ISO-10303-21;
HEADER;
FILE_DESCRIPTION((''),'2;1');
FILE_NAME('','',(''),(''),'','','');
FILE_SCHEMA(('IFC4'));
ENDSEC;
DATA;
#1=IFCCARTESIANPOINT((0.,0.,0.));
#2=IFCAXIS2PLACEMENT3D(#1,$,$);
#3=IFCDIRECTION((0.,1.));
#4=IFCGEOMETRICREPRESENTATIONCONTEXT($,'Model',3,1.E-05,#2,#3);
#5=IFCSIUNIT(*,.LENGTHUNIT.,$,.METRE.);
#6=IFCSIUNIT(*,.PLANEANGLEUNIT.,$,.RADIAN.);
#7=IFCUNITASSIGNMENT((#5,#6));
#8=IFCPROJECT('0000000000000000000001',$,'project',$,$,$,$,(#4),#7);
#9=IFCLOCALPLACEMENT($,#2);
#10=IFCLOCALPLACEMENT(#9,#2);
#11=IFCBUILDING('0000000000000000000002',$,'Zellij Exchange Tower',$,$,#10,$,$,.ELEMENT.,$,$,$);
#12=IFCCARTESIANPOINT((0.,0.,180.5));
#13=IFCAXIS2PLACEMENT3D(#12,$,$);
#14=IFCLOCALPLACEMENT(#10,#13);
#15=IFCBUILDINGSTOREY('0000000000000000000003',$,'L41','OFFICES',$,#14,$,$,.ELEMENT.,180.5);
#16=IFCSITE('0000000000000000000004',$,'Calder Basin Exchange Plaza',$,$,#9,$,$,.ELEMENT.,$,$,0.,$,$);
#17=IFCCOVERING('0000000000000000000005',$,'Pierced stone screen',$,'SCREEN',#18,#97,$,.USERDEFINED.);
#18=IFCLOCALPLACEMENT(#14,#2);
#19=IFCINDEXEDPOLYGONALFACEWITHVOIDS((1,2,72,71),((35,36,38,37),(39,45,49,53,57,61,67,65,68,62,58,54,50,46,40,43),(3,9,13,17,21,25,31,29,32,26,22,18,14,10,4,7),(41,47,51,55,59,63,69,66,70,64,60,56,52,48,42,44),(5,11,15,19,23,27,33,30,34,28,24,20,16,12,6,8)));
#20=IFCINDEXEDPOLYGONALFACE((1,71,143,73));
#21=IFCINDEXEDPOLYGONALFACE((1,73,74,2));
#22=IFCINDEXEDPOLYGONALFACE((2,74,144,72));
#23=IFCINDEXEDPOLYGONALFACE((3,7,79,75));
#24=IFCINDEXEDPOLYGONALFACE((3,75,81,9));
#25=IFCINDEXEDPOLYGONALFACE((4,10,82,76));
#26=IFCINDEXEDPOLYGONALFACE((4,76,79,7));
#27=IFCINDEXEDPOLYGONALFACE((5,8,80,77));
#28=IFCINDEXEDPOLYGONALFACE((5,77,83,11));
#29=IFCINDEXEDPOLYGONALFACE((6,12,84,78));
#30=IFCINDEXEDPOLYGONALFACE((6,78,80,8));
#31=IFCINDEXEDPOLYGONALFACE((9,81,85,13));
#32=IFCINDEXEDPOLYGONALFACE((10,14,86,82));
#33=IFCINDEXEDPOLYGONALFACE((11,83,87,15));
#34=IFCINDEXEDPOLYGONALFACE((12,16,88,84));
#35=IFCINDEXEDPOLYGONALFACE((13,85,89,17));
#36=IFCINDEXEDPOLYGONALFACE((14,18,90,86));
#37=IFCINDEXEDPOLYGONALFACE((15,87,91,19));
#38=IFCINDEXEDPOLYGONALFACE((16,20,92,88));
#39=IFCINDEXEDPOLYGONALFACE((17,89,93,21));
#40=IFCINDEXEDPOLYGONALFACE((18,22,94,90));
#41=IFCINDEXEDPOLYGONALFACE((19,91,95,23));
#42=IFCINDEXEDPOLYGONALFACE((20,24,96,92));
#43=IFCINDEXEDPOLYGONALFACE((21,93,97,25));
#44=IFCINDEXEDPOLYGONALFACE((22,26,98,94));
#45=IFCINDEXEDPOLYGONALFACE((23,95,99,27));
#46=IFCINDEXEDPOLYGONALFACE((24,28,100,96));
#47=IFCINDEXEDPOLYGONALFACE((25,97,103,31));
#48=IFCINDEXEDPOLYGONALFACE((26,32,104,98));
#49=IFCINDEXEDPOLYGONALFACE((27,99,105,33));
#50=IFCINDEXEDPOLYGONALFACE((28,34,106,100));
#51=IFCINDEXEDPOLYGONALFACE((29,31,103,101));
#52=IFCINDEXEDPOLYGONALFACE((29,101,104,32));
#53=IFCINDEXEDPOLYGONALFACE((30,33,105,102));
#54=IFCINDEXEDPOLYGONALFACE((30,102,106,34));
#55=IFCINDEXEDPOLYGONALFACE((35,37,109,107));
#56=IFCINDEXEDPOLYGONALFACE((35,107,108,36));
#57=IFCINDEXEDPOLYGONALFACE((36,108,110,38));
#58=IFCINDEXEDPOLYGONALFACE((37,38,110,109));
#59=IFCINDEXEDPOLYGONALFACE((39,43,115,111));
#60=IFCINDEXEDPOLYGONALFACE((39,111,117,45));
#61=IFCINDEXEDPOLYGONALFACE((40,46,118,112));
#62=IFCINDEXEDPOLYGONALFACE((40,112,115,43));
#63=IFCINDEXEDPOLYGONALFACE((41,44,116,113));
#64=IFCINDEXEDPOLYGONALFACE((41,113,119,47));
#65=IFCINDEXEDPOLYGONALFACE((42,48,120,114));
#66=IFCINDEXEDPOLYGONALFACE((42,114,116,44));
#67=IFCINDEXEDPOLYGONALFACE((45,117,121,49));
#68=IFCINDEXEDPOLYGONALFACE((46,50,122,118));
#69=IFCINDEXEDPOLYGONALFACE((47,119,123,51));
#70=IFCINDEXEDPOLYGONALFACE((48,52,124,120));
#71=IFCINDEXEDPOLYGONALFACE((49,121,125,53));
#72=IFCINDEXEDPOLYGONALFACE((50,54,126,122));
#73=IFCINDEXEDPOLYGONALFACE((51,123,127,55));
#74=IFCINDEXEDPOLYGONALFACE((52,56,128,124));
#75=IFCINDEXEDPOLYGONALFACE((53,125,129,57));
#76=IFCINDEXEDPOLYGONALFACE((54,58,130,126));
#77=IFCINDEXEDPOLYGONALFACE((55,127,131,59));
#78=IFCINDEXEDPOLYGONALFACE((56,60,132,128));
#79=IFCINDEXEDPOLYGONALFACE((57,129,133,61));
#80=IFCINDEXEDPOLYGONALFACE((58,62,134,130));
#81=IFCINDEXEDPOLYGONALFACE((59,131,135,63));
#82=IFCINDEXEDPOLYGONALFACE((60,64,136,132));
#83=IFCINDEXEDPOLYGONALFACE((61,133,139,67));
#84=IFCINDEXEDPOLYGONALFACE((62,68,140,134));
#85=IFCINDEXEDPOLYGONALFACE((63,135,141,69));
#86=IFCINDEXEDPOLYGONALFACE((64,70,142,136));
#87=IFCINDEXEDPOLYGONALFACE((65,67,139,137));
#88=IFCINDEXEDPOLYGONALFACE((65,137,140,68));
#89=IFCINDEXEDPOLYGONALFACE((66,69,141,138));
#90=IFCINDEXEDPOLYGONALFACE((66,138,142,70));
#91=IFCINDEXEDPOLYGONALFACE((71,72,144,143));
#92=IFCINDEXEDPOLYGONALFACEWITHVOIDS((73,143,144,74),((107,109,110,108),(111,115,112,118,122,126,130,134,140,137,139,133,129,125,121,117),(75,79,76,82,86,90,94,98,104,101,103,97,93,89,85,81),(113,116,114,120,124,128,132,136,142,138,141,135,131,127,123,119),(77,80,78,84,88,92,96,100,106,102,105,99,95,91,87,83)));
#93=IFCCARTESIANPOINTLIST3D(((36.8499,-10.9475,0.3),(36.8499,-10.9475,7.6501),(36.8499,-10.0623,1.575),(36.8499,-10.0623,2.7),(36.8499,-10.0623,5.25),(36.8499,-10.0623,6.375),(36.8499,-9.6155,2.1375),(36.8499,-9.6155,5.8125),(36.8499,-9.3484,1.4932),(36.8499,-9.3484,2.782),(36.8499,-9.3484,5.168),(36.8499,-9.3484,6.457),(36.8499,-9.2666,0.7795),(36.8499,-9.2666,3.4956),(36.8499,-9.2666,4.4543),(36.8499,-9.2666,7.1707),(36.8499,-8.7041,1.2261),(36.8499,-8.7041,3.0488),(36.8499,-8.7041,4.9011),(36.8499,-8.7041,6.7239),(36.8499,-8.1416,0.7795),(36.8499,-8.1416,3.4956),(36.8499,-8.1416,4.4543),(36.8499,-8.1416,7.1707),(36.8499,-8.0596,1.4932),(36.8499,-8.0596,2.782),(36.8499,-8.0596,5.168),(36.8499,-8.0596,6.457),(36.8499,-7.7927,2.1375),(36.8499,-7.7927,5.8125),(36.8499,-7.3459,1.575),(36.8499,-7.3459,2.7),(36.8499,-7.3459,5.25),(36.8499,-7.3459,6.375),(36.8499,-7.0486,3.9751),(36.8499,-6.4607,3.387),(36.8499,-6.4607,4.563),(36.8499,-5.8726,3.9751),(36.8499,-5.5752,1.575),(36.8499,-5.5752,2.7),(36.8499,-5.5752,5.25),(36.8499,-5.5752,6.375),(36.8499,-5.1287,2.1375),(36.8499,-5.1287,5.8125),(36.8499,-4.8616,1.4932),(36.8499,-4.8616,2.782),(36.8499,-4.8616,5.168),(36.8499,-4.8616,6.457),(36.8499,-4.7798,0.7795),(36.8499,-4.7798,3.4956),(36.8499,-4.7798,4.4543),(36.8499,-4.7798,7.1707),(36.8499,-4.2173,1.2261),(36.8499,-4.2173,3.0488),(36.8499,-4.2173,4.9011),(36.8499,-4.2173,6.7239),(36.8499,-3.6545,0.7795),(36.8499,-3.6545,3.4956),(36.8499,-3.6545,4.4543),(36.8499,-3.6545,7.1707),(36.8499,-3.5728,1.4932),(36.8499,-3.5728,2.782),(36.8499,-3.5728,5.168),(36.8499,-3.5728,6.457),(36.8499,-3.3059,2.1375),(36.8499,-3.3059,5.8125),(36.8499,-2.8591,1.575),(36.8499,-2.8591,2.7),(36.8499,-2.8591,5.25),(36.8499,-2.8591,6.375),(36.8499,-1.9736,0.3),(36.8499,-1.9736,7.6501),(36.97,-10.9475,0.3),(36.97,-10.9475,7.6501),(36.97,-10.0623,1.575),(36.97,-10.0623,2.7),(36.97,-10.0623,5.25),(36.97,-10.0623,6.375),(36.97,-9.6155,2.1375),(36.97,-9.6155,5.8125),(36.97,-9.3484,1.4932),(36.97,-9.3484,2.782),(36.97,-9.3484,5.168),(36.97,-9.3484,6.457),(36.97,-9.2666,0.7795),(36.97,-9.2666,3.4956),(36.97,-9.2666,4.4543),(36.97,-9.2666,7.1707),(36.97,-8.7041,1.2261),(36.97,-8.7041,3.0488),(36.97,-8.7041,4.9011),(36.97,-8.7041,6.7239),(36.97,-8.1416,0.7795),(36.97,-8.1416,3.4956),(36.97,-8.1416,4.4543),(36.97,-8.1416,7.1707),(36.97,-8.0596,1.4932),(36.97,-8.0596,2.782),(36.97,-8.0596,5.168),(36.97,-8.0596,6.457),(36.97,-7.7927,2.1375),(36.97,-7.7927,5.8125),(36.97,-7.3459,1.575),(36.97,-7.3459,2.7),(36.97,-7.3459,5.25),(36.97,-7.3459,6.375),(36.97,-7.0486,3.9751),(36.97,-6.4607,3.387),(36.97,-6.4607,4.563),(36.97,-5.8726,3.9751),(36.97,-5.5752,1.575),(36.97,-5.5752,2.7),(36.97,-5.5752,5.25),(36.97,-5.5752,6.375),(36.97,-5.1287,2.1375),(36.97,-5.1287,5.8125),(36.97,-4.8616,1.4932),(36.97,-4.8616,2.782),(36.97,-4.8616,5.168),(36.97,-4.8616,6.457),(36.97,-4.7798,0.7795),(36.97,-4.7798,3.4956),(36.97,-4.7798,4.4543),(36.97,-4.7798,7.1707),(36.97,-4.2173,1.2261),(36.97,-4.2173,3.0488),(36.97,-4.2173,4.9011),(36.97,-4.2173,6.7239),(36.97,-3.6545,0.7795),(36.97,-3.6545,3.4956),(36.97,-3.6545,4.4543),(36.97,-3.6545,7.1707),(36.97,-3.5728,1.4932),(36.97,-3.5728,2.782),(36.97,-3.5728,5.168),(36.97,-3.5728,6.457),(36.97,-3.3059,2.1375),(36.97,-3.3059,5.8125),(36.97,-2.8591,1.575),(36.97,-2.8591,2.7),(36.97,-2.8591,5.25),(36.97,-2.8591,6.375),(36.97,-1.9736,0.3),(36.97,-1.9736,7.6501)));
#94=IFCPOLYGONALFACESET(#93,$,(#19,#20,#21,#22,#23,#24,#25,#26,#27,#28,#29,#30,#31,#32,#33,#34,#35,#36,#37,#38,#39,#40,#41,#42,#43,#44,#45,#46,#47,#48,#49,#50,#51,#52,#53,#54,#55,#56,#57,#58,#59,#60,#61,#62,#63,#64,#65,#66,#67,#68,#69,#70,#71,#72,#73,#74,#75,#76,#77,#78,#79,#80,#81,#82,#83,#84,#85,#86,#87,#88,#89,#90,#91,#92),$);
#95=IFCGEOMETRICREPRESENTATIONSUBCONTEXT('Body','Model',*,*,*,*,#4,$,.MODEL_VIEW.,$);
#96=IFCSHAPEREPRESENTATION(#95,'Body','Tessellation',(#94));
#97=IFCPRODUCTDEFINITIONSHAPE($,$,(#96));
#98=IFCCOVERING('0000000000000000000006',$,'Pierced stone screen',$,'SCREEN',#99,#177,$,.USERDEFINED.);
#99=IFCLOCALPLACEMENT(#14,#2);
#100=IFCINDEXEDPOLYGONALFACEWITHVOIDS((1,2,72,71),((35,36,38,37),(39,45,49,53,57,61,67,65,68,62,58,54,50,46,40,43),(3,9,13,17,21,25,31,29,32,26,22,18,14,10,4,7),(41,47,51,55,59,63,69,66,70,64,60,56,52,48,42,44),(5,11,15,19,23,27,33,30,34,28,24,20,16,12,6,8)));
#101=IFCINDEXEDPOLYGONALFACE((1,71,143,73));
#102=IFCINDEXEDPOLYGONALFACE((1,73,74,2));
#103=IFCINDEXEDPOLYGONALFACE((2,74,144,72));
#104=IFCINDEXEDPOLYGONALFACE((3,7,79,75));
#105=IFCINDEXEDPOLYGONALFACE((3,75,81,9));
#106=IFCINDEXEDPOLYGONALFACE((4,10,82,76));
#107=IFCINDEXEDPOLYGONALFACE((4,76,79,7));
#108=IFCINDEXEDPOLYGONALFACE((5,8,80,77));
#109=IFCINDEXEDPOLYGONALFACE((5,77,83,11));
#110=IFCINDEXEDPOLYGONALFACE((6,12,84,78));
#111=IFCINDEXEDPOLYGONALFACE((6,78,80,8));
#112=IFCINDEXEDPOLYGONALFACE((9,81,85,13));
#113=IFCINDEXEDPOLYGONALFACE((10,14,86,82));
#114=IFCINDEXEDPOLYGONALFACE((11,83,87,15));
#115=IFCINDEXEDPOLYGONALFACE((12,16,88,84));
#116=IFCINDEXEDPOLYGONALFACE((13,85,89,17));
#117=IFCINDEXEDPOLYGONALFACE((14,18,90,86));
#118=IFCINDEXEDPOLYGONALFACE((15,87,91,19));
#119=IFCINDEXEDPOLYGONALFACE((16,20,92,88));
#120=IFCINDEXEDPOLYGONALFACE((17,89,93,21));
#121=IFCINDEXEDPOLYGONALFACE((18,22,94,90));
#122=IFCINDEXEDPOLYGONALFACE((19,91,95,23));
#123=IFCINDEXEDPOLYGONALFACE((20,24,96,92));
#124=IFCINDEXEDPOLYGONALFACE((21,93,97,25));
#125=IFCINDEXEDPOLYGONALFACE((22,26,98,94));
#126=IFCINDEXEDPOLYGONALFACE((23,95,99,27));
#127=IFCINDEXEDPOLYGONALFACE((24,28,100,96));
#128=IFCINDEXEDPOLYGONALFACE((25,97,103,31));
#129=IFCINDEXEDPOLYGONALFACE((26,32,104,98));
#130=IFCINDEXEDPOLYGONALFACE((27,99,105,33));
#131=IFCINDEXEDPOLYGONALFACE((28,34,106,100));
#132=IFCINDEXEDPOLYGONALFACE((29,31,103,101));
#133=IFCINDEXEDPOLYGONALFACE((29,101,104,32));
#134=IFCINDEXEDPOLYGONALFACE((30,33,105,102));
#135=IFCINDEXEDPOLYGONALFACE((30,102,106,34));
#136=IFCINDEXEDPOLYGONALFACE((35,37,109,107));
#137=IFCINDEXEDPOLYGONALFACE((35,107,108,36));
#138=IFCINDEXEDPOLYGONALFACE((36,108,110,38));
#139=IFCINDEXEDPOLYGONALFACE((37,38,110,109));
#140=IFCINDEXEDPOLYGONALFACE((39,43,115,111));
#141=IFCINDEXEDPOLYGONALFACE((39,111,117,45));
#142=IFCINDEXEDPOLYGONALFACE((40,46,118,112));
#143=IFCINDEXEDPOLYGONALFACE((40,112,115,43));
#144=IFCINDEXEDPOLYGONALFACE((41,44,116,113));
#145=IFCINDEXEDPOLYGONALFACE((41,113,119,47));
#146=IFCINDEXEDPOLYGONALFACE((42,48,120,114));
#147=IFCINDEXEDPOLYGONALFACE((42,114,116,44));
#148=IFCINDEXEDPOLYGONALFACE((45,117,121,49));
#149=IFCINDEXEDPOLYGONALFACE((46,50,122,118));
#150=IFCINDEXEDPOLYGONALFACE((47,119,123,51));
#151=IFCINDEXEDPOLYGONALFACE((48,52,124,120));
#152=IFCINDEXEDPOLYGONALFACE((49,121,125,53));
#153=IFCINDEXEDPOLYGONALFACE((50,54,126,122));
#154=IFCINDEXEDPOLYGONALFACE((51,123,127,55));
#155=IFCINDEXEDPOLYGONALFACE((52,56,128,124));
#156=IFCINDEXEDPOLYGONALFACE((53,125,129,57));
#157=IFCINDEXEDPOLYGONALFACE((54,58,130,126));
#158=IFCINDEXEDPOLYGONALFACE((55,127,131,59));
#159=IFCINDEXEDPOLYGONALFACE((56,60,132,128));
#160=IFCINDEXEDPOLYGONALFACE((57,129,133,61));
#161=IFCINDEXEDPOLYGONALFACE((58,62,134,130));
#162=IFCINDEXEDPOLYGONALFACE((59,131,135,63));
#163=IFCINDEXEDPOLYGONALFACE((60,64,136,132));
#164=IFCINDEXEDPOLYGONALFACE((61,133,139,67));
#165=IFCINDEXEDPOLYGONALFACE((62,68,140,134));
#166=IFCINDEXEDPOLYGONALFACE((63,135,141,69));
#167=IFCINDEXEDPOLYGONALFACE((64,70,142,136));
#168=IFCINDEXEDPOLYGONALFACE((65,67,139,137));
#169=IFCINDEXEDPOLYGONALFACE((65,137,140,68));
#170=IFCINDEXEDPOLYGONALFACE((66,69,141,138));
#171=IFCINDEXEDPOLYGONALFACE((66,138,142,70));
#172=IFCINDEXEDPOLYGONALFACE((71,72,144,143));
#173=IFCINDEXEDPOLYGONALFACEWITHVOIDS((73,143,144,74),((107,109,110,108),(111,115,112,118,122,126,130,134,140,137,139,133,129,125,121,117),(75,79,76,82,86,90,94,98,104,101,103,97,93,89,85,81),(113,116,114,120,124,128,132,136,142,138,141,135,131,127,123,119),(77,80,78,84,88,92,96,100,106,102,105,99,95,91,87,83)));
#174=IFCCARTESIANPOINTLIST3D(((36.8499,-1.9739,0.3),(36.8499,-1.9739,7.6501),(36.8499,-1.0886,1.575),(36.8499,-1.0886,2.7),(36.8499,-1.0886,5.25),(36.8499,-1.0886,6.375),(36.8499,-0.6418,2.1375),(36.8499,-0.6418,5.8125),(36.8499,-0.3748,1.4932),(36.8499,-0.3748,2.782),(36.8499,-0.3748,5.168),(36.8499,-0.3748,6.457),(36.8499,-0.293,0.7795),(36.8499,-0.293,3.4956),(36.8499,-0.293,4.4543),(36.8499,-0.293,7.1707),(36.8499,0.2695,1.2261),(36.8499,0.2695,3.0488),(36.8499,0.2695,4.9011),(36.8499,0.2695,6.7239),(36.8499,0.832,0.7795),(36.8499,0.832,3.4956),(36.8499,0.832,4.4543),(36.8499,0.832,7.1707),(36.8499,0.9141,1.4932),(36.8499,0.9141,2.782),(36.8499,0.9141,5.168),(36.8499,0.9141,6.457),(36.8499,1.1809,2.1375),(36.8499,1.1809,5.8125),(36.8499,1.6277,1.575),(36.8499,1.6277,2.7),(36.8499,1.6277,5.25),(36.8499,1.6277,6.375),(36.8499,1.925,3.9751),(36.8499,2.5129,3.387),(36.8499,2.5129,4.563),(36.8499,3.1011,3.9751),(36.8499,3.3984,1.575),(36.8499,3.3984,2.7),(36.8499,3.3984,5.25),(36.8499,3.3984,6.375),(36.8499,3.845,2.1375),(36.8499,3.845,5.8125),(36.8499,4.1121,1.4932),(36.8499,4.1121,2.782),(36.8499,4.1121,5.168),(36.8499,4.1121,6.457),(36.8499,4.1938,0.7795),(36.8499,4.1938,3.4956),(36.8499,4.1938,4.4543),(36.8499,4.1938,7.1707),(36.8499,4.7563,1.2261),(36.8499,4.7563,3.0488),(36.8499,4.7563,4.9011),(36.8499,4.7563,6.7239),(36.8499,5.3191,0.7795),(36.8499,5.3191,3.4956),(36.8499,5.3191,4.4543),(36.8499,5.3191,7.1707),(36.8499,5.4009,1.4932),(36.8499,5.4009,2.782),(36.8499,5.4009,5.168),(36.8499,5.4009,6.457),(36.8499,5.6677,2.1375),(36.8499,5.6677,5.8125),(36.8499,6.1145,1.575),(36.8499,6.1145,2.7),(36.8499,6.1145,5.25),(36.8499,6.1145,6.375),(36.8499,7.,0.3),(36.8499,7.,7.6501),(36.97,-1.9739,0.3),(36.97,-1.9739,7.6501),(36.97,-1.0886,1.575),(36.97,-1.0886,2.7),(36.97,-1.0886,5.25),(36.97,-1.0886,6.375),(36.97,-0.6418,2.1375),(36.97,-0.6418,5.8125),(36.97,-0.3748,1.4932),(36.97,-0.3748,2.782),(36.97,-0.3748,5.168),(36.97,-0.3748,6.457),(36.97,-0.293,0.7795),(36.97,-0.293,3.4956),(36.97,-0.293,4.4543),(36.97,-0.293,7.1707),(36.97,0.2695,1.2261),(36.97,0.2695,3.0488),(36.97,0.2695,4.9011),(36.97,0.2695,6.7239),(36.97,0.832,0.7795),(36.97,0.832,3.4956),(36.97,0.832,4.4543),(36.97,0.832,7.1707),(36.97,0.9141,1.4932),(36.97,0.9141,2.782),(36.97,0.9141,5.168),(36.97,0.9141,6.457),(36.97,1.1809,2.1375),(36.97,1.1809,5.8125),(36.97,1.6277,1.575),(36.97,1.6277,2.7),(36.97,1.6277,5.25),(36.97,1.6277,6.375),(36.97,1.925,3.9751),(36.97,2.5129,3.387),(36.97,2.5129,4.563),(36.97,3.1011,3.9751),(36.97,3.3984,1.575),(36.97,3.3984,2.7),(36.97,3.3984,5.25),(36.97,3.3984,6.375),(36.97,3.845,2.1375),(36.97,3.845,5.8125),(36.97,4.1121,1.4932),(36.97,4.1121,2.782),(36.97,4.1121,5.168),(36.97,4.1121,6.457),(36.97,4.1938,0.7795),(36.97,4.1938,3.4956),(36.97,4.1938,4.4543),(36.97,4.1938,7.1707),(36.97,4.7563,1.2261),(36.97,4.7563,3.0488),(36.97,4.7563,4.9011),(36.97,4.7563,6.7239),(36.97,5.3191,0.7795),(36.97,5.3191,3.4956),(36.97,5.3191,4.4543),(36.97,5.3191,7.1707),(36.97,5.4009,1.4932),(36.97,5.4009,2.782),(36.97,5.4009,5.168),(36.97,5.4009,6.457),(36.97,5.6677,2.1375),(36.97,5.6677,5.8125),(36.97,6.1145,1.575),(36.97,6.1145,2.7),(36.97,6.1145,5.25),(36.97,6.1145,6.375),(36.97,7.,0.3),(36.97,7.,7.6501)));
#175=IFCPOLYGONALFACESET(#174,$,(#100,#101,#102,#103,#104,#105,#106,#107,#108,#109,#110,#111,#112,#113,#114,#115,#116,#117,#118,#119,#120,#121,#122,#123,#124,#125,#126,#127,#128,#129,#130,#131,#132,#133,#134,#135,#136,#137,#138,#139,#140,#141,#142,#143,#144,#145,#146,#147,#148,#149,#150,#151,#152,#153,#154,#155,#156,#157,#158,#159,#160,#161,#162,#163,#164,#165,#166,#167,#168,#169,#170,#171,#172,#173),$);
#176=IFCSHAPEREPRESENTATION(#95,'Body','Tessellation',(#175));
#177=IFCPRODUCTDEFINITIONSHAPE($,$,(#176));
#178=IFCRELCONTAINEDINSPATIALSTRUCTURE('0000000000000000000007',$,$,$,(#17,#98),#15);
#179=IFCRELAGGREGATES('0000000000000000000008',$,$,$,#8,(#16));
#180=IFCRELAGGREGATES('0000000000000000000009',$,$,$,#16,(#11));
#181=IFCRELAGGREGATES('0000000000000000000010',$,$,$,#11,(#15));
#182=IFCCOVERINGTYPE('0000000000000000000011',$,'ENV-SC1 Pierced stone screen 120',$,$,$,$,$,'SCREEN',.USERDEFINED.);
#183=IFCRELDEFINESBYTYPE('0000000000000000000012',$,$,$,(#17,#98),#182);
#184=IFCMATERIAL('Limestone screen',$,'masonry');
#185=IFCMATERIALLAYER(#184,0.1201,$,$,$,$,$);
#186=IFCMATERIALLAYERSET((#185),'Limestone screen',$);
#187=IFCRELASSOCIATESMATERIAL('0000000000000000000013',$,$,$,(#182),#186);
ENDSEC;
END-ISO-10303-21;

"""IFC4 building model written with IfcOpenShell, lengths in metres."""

from ifc_helpers import new_model, si_unit, direction, frame, origin, place, context, subcontext, project, spatial, polyline, outline, extrude, material, layer, layer_set, type_object, element, save


model = new_model("IFC4")

# Units and contexts
model_context = context("Model", 3, precision=1e-05, world=origin(), true_north=direction((0.0, 1.0)))
body_context = subcontext(model_context, "Body", "Model", "MODEL_VIEW")
ifc_project = project(units=[si_unit("LENGTHUNIT", "METRE"), si_unit("PLANEANGLEUNIT", "RADIAN")], contexts=[model_context])

# Site, building, storey
site_placement = place(None, origin())
site = spatial("IfcSite", under=ifc_project, at=site_placement, Name="Calder Basin Exchange Plaza", CompositionType="ELEMENT", RefElevation=0.0)
building_placement = place(site_placement, origin())
building = spatial("IfcBuilding", under=site, at=building_placement, Name="Zellij Exchange Tower", CompositionType="ELEMENT")
storey_placement = place(building_placement, frame((0.0, 0.0, 180.5)))
storey = spatial("IfcBuildingStorey", under=building, at=storey_placement, Name="L41", Description="OFFICES", CompositionType="ELEMENT", Elevation=180.5)

# Coverings
ifc_material_1 = material(Name="Limestone screen", Category="masonry")
ifc_layer_1 = layer(ifc_material_1, 0.1201)
ifc_layer_set_1 = layer_set([ifc_layer_1], Name="Limestone screen")
covering_type = type_object("IfcCoveringType", Name="ENV-SC1 Pierced stone screen 120", ElementType="SCREEN", PredefinedType="USERDEFINED", material=ifc_layer_set_1)
covering_1_placement = place(storey_placement, frame((36.9099, -10.9475, 0.3), z_axis=(0.0, 0.0, 1.0), x_axis=(0.0, 1.0, 0.0)))
element("IfcCovering", 1, at=covering_1_placement, inside=storey, type_object=covering_type, Name="Pierced stone screen", ObjectType="SCREEN", PredefinedType="USERDEFINED", context=body_context, shape_type="SweptSolid", body=[
    extrude(outline(polyline([(0.0, 0.0), (8.9739, 0.0), (8.9739, 7.3501), (0.0, 7.3501), (0.0, 0.0)]), holes=[polyline([(3.6016, 2.3999), (2.8879, 2.4819), (2.8059, 3.1956), (2.2434, 2.7488), (1.6809, 3.1956), (1.5991, 2.4819), (0.8853, 2.3999), (1.332, 1.8374), (0.8853, 1.2749), (1.5991, 1.1931), (1.6809, 0.4795), (2.2434, 0.926), (2.8059, 0.4795), (2.8879, 1.1931), (3.6016, 1.2749), (3.1548, 1.8374), (3.6016, 2.3999)]), polyline([(3.6016, 6.075), (2.8879, 6.157), (2.8059, 6.8706), (2.2434, 6.4238), (1.6809, 6.8706), (1.5991, 6.157), (0.8853, 6.075), (1.332, 5.5125), (0.8853, 4.95), (1.5991, 4.8679), (1.6809, 4.1543), (2.2434, 4.6011), (2.8059, 4.1543), (2.8879, 4.8679), (3.6016, 4.95), (3.1548, 5.5125), (3.6016, 6.075)]), polyline([(8.0884, 2.3999), (7.3748, 2.4819), (7.293, 3.1956), (6.7302, 2.7488), (6.1677, 3.1956), (6.0859, 2.4819), (5.3723, 2.3999), (5.8188, 1.8374), (5.3723, 1.2749), (6.0859, 1.1931), (6.1677, 0.4795), (6.7302, 0.926), (7.293, 0.4795), (7.3748, 1.1931), (8.0884, 1.2749), (7.6416, 1.8374), (8.0884, 2.3999)]), polyline([(8.0884, 6.075), (7.3748, 6.157), (7.293, 6.8706), (6.7302, 6.4238), (6.1677, 6.8706), (6.0859, 6.157), (5.3723, 6.075), (5.8188, 5.5125), (5.3723, 4.95), (6.0859, 4.8679), (6.1677, 4.1543), (6.7302, 4.6011), (7.293, 4.1543), (7.3748, 4.8679), (8.0884, 4.95), (7.6416, 5.5125), (8.0884, 6.075)]), polyline([(5.075, 3.675), (4.4868, 4.2629), (3.8989, 3.675), (4.4868, 3.0869), (5.075, 3.675)])]), frame((0.0, 0.0601, 0.0), z_axis=(0.0, -1.0, 0.0), x_axis=(1.0, 0.0, 0.0)), (0.0, 0.0, 1.0), 0.1201),
])
covering_2_placement = place(storey_placement, frame((36.9099, -1.9739, 0.3), z_axis=(0.0, 0.0, 1.0), x_axis=(0.0, 1.0, 0.0)))
element("IfcCovering", 2, at=covering_2_placement, inside=storey, type_object=covering_type, Name="Pierced stone screen", ObjectType="SCREEN", PredefinedType="USERDEFINED", context=body_context, shape_type="SweptSolid", body=[
    extrude(outline(polyline([(0.0, 0.0), (8.9739, 0.0), (8.9739, 7.3501), (0.0, 7.3501), (0.0, 0.0)]), holes=[polyline([(3.6016, 2.3999), (2.8879, 2.4819), (2.8059, 3.1956), (2.2434, 2.7488), (1.6809, 3.1956), (1.5991, 2.4819), (0.8853, 2.3999), (1.332, 1.8374), (0.8853, 1.2749), (1.5991, 1.1931), (1.6809, 0.4795), (2.2434, 0.926), (2.8059, 0.4795), (2.8879, 1.1931), (3.6016, 1.2749), (3.1548, 1.8374), (3.6016, 2.3999)]), polyline([(3.6016, 6.075), (2.8879, 6.157), (2.8059, 6.8706), (2.2434, 6.4238), (1.6809, 6.8706), (1.5991, 6.157), (0.8853, 6.075), (1.332, 5.5125), (0.8853, 4.95), (1.5991, 4.8679), (1.6809, 4.1543), (2.2434, 4.6011), (2.8059, 4.1543), (2.8879, 4.8679), (3.6016, 4.95), (3.1548, 5.5125), (3.6016, 6.075)]), polyline([(8.0884, 2.3999), (7.3748, 2.4819), (7.293, 3.1956), (6.7302, 2.7488), (6.1677, 3.1956), (6.0859, 2.4819), (5.3723, 2.3999), (5.8188, 1.8374), (5.3723, 1.2749), (6.0859, 1.1931), (6.1677, 0.4795), (6.7302, 0.926), (7.293, 0.4795), (7.3748, 1.1931), (8.0884, 1.2749), (7.6416, 1.8374), (8.0884, 2.3999)]), polyline([(8.0884, 6.075), (7.3748, 6.157), (7.293, 6.8706), (6.7302, 6.4238), (6.1677, 6.8706), (6.0859, 6.157), (5.3723, 6.075), (5.8188, 5.5125), (5.3723, 4.95), (6.0859, 4.8679), (6.1677, 4.1543), (6.7302, 4.6011), (7.293, 4.1543), (7.3748, 4.8679), (8.0884, 4.95), (7.6416, 5.5125), (8.0884, 6.075)]), polyline([(5.075, 3.675), (4.4868, 4.2629), (3.8989, 3.675), (4.4868, 3.0869), (5.075, 3.675)])]), frame((0.0, 0.0601, 0.0), z_axis=(0.0, -1.0, 0.0), x_axis=(1.0, 0.0, 0.0)), (0.0, 0.0, 1.0), 0.1201),
])

save(model, "model.ifc")
